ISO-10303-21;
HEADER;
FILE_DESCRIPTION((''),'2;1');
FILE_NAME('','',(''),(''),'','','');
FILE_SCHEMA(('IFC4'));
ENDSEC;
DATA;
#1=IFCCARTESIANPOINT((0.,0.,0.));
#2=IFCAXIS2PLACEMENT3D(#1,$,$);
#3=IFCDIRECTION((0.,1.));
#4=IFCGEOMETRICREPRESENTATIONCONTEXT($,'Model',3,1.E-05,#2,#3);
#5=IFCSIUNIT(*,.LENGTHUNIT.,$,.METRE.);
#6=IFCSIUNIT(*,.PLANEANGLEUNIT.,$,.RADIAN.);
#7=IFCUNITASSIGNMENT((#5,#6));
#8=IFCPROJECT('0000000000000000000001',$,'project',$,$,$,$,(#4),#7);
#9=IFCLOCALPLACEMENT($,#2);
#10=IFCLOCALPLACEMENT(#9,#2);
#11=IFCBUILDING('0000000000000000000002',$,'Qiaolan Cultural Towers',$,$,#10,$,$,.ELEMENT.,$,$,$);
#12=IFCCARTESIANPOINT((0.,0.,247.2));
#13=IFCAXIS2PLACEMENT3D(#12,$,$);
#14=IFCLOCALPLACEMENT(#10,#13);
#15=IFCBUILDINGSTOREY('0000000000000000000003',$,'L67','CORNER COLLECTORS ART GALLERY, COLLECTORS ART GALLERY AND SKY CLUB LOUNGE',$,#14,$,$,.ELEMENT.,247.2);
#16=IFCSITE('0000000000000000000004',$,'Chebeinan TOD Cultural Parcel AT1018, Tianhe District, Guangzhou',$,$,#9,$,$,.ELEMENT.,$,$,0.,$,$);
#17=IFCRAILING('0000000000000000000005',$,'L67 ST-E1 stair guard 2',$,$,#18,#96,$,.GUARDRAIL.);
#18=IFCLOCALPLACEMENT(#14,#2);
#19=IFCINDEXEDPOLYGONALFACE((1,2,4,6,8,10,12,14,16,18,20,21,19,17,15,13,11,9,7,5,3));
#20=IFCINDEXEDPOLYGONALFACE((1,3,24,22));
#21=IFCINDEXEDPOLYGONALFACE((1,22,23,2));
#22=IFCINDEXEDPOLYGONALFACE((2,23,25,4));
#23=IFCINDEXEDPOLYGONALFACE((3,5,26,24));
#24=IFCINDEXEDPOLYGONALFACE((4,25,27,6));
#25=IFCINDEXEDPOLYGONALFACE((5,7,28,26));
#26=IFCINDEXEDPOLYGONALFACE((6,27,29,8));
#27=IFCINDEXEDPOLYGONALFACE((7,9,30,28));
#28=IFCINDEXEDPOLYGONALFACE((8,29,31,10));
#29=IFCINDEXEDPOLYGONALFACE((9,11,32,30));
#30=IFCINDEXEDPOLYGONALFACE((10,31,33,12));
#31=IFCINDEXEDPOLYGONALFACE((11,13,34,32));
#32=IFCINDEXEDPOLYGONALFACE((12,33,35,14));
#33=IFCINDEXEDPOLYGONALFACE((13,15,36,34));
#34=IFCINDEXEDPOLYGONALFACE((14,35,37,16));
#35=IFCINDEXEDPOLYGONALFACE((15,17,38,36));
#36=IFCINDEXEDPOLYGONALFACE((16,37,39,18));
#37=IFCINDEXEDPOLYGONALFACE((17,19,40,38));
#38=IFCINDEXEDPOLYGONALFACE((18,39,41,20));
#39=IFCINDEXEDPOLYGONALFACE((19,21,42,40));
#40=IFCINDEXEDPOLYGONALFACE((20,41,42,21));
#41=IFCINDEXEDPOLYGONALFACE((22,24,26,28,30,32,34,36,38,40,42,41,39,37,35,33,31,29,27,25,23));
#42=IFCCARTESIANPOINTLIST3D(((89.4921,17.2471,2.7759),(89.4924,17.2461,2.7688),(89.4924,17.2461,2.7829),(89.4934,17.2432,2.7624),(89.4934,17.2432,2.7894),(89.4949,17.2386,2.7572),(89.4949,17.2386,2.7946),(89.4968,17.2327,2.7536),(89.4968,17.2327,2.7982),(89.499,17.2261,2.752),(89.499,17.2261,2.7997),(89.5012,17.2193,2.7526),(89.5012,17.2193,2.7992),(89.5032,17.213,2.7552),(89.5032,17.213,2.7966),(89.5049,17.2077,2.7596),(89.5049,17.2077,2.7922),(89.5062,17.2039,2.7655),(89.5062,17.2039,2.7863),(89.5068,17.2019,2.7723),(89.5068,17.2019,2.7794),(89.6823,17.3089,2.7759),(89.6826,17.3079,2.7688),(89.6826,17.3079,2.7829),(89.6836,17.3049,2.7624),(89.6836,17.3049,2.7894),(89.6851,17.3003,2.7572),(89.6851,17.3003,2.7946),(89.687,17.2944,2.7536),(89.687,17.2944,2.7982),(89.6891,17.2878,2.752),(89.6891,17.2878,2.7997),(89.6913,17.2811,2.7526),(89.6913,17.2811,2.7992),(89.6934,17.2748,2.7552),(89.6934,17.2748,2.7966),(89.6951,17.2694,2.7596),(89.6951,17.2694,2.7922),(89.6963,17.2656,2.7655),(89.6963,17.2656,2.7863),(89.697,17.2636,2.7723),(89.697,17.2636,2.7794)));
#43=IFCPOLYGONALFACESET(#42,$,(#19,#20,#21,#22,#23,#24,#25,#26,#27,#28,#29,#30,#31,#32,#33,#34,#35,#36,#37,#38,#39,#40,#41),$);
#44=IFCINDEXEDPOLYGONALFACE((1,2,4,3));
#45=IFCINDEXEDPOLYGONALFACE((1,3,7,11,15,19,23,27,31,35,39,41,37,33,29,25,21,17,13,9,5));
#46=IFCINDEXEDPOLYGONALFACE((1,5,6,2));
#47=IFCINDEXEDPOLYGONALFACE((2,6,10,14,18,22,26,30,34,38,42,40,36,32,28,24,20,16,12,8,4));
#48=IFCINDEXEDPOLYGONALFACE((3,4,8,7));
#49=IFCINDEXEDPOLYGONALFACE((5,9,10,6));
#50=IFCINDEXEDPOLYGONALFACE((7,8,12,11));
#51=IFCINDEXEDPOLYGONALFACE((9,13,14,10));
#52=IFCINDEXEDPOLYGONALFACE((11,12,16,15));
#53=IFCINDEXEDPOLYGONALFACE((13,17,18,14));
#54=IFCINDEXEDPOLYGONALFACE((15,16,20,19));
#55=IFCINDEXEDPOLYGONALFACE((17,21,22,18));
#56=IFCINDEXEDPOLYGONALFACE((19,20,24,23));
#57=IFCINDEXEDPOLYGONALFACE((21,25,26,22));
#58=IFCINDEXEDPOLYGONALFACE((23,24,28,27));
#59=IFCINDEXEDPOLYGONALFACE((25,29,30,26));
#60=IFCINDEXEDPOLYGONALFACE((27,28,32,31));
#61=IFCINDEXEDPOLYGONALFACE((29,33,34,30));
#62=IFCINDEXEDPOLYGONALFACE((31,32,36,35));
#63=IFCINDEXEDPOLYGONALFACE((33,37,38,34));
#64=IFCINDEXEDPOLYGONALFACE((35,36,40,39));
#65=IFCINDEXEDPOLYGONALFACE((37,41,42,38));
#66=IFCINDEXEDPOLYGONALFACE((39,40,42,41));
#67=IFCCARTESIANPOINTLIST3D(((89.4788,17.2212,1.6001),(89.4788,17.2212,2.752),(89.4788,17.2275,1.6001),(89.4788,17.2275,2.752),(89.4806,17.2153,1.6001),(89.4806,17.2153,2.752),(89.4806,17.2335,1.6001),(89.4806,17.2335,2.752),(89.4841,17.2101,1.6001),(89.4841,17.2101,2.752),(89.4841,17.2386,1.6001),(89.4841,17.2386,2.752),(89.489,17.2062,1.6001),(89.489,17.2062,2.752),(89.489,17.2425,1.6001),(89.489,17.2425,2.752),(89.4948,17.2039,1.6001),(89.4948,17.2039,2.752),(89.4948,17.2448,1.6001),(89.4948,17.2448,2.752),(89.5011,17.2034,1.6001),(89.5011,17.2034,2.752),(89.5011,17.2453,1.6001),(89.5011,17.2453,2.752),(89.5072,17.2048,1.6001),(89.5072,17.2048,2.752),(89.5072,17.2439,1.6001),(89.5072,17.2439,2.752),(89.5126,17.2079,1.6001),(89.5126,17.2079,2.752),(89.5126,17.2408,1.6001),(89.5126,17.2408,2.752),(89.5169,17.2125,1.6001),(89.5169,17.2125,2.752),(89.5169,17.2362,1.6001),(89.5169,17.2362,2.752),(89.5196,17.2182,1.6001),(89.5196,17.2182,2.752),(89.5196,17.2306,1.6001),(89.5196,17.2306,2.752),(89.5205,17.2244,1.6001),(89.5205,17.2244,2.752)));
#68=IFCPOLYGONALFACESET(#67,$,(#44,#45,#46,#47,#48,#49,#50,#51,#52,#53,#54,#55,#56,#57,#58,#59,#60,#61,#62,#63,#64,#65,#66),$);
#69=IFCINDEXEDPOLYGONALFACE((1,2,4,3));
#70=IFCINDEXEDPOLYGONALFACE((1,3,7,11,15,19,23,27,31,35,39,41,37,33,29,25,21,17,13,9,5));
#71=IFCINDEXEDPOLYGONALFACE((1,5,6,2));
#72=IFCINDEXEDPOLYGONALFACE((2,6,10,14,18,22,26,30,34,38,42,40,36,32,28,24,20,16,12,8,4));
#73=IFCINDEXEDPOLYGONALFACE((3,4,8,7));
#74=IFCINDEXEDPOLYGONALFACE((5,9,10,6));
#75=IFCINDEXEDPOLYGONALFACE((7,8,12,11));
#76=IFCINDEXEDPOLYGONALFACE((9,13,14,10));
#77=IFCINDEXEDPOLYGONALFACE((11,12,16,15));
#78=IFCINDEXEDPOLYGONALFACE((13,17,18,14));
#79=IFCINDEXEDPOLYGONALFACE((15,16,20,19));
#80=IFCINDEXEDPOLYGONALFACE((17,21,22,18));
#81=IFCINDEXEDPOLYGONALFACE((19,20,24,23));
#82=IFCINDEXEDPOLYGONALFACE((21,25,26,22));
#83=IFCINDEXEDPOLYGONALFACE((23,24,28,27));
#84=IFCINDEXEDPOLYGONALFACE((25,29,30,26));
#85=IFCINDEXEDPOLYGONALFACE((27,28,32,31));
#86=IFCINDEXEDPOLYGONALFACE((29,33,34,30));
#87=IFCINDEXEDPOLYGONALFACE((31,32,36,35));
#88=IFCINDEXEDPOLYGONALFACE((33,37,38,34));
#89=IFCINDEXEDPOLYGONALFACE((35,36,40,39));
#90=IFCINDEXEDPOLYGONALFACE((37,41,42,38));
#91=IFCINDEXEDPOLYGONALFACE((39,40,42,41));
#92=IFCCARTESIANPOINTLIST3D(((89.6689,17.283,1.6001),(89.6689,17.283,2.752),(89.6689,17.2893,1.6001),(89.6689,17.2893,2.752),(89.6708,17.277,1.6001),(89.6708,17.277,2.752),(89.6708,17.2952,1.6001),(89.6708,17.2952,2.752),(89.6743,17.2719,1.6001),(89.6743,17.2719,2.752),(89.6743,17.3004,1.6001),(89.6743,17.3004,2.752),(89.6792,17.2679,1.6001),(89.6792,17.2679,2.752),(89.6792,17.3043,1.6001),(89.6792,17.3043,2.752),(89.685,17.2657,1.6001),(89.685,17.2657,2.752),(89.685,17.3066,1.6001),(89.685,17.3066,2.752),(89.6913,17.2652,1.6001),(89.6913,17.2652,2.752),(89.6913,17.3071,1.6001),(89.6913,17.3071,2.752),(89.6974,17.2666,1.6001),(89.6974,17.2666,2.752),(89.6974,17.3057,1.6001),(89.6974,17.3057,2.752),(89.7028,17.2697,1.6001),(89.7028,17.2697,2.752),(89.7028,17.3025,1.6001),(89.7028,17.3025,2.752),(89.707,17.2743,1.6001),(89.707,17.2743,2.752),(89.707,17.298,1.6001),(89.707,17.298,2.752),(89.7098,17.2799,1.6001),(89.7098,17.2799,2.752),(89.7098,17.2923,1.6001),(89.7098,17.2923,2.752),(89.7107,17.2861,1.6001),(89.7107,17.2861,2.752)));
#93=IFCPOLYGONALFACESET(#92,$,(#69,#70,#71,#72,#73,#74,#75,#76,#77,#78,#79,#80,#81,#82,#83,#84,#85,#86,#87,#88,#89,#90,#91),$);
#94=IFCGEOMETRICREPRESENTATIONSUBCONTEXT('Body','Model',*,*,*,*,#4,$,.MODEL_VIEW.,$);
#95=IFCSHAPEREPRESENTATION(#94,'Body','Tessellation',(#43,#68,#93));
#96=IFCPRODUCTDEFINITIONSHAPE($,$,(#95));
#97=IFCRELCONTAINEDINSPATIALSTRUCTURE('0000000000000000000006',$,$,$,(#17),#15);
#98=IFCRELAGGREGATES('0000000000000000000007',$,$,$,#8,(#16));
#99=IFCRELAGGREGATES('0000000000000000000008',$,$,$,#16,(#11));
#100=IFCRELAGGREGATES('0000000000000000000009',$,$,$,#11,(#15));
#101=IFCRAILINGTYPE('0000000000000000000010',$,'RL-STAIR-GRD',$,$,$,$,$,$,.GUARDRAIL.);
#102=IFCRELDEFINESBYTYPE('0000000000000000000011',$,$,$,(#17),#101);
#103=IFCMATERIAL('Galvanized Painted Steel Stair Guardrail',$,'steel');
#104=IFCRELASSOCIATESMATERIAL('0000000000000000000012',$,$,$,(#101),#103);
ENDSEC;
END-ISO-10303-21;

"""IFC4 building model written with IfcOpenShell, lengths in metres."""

from ifc_helpers import new_model, si_unit, direction, frame, origin, origin_2d, place, context, subcontext, project, spatial, circle, extrude, material, type_object, element, save


model = new_model("IFC4")

# Units and contexts
model_context = context("Model", 3, precision=1e-05, world=origin(), true_north=direction((0.0, 1.0)))
body_context = subcontext(model_context, "Body", "Model", "MODEL_VIEW")
ifc_project = project(units=[si_unit("LENGTHUNIT", "METRE"), si_unit("PLANEANGLEUNIT", "RADIAN")], contexts=[model_context])

# Site, building, storey
site_placement = place(None, origin())
site = spatial("IfcSite", under=ifc_project, at=site_placement, Name="Chebeinan TOD Cultural Parcel AT1018, Tianhe District, Guangzhou", CompositionType="ELEMENT", RefElevation=0.0)
building_placement = place(site_placement, origin())
building = spatial("IfcBuilding", under=site, at=building_placement, Name="Qiaolan Cultural Towers", CompositionType="ELEMENT")
storey_placement = place(building_placement, frame((0.0, 0.0, 247.2)))
storey = spatial("IfcBuildingStorey", under=building, at=storey_placement, Name="L67", Description="CORNER COLLECTORS ART GALLERY, COLLECTORS ART GALLERY AND SKY CLUB LOUNGE", CompositionType="ELEMENT", Elevation=247.2)

# Railing
ifc_material_1 = material(Name="Galvanized Painted Steel Stair Guardrail", Category="steel")
railing_type_1 = type_object("IfcRailingType", Name="RL-STAIR-GRD", PredefinedType="GUARDRAIL", material=ifc_material_1)
railing_1_placement = place(storey_placement, frame((89.4995, 17.2244, 1.6001)))
element("IfcRailing", 1, at=railing_1_placement, inside=storey, type_object=railing_type_1, Name="L67 ST-E1 stair guard 2", PredefinedType="GUARDRAIL", context=body_context, shape_type="SweptSolid", body=[
    extrude(circle(Radius=0.0239, at=origin_2d()), frame((0.0, 0.0, 1.1758), z_axis=(0.951097, 0.308893, 0.0), x_axis=(-0.308893, 0.951097, 0.0)), (0.0, 0.0, 1.0), 0.2),
    extrude(circle(Radius=0.021, at=origin_2d()), origin(), (0.0, 0.0, 1.0), 1.1519),
    extrude(circle(Radius=0.021, at=origin_2d()), frame((0.1902, 0.0618, 0.0)), (0.0, 0.0, 1.0), 1.1519),
])

save(model, "model.ifc")
